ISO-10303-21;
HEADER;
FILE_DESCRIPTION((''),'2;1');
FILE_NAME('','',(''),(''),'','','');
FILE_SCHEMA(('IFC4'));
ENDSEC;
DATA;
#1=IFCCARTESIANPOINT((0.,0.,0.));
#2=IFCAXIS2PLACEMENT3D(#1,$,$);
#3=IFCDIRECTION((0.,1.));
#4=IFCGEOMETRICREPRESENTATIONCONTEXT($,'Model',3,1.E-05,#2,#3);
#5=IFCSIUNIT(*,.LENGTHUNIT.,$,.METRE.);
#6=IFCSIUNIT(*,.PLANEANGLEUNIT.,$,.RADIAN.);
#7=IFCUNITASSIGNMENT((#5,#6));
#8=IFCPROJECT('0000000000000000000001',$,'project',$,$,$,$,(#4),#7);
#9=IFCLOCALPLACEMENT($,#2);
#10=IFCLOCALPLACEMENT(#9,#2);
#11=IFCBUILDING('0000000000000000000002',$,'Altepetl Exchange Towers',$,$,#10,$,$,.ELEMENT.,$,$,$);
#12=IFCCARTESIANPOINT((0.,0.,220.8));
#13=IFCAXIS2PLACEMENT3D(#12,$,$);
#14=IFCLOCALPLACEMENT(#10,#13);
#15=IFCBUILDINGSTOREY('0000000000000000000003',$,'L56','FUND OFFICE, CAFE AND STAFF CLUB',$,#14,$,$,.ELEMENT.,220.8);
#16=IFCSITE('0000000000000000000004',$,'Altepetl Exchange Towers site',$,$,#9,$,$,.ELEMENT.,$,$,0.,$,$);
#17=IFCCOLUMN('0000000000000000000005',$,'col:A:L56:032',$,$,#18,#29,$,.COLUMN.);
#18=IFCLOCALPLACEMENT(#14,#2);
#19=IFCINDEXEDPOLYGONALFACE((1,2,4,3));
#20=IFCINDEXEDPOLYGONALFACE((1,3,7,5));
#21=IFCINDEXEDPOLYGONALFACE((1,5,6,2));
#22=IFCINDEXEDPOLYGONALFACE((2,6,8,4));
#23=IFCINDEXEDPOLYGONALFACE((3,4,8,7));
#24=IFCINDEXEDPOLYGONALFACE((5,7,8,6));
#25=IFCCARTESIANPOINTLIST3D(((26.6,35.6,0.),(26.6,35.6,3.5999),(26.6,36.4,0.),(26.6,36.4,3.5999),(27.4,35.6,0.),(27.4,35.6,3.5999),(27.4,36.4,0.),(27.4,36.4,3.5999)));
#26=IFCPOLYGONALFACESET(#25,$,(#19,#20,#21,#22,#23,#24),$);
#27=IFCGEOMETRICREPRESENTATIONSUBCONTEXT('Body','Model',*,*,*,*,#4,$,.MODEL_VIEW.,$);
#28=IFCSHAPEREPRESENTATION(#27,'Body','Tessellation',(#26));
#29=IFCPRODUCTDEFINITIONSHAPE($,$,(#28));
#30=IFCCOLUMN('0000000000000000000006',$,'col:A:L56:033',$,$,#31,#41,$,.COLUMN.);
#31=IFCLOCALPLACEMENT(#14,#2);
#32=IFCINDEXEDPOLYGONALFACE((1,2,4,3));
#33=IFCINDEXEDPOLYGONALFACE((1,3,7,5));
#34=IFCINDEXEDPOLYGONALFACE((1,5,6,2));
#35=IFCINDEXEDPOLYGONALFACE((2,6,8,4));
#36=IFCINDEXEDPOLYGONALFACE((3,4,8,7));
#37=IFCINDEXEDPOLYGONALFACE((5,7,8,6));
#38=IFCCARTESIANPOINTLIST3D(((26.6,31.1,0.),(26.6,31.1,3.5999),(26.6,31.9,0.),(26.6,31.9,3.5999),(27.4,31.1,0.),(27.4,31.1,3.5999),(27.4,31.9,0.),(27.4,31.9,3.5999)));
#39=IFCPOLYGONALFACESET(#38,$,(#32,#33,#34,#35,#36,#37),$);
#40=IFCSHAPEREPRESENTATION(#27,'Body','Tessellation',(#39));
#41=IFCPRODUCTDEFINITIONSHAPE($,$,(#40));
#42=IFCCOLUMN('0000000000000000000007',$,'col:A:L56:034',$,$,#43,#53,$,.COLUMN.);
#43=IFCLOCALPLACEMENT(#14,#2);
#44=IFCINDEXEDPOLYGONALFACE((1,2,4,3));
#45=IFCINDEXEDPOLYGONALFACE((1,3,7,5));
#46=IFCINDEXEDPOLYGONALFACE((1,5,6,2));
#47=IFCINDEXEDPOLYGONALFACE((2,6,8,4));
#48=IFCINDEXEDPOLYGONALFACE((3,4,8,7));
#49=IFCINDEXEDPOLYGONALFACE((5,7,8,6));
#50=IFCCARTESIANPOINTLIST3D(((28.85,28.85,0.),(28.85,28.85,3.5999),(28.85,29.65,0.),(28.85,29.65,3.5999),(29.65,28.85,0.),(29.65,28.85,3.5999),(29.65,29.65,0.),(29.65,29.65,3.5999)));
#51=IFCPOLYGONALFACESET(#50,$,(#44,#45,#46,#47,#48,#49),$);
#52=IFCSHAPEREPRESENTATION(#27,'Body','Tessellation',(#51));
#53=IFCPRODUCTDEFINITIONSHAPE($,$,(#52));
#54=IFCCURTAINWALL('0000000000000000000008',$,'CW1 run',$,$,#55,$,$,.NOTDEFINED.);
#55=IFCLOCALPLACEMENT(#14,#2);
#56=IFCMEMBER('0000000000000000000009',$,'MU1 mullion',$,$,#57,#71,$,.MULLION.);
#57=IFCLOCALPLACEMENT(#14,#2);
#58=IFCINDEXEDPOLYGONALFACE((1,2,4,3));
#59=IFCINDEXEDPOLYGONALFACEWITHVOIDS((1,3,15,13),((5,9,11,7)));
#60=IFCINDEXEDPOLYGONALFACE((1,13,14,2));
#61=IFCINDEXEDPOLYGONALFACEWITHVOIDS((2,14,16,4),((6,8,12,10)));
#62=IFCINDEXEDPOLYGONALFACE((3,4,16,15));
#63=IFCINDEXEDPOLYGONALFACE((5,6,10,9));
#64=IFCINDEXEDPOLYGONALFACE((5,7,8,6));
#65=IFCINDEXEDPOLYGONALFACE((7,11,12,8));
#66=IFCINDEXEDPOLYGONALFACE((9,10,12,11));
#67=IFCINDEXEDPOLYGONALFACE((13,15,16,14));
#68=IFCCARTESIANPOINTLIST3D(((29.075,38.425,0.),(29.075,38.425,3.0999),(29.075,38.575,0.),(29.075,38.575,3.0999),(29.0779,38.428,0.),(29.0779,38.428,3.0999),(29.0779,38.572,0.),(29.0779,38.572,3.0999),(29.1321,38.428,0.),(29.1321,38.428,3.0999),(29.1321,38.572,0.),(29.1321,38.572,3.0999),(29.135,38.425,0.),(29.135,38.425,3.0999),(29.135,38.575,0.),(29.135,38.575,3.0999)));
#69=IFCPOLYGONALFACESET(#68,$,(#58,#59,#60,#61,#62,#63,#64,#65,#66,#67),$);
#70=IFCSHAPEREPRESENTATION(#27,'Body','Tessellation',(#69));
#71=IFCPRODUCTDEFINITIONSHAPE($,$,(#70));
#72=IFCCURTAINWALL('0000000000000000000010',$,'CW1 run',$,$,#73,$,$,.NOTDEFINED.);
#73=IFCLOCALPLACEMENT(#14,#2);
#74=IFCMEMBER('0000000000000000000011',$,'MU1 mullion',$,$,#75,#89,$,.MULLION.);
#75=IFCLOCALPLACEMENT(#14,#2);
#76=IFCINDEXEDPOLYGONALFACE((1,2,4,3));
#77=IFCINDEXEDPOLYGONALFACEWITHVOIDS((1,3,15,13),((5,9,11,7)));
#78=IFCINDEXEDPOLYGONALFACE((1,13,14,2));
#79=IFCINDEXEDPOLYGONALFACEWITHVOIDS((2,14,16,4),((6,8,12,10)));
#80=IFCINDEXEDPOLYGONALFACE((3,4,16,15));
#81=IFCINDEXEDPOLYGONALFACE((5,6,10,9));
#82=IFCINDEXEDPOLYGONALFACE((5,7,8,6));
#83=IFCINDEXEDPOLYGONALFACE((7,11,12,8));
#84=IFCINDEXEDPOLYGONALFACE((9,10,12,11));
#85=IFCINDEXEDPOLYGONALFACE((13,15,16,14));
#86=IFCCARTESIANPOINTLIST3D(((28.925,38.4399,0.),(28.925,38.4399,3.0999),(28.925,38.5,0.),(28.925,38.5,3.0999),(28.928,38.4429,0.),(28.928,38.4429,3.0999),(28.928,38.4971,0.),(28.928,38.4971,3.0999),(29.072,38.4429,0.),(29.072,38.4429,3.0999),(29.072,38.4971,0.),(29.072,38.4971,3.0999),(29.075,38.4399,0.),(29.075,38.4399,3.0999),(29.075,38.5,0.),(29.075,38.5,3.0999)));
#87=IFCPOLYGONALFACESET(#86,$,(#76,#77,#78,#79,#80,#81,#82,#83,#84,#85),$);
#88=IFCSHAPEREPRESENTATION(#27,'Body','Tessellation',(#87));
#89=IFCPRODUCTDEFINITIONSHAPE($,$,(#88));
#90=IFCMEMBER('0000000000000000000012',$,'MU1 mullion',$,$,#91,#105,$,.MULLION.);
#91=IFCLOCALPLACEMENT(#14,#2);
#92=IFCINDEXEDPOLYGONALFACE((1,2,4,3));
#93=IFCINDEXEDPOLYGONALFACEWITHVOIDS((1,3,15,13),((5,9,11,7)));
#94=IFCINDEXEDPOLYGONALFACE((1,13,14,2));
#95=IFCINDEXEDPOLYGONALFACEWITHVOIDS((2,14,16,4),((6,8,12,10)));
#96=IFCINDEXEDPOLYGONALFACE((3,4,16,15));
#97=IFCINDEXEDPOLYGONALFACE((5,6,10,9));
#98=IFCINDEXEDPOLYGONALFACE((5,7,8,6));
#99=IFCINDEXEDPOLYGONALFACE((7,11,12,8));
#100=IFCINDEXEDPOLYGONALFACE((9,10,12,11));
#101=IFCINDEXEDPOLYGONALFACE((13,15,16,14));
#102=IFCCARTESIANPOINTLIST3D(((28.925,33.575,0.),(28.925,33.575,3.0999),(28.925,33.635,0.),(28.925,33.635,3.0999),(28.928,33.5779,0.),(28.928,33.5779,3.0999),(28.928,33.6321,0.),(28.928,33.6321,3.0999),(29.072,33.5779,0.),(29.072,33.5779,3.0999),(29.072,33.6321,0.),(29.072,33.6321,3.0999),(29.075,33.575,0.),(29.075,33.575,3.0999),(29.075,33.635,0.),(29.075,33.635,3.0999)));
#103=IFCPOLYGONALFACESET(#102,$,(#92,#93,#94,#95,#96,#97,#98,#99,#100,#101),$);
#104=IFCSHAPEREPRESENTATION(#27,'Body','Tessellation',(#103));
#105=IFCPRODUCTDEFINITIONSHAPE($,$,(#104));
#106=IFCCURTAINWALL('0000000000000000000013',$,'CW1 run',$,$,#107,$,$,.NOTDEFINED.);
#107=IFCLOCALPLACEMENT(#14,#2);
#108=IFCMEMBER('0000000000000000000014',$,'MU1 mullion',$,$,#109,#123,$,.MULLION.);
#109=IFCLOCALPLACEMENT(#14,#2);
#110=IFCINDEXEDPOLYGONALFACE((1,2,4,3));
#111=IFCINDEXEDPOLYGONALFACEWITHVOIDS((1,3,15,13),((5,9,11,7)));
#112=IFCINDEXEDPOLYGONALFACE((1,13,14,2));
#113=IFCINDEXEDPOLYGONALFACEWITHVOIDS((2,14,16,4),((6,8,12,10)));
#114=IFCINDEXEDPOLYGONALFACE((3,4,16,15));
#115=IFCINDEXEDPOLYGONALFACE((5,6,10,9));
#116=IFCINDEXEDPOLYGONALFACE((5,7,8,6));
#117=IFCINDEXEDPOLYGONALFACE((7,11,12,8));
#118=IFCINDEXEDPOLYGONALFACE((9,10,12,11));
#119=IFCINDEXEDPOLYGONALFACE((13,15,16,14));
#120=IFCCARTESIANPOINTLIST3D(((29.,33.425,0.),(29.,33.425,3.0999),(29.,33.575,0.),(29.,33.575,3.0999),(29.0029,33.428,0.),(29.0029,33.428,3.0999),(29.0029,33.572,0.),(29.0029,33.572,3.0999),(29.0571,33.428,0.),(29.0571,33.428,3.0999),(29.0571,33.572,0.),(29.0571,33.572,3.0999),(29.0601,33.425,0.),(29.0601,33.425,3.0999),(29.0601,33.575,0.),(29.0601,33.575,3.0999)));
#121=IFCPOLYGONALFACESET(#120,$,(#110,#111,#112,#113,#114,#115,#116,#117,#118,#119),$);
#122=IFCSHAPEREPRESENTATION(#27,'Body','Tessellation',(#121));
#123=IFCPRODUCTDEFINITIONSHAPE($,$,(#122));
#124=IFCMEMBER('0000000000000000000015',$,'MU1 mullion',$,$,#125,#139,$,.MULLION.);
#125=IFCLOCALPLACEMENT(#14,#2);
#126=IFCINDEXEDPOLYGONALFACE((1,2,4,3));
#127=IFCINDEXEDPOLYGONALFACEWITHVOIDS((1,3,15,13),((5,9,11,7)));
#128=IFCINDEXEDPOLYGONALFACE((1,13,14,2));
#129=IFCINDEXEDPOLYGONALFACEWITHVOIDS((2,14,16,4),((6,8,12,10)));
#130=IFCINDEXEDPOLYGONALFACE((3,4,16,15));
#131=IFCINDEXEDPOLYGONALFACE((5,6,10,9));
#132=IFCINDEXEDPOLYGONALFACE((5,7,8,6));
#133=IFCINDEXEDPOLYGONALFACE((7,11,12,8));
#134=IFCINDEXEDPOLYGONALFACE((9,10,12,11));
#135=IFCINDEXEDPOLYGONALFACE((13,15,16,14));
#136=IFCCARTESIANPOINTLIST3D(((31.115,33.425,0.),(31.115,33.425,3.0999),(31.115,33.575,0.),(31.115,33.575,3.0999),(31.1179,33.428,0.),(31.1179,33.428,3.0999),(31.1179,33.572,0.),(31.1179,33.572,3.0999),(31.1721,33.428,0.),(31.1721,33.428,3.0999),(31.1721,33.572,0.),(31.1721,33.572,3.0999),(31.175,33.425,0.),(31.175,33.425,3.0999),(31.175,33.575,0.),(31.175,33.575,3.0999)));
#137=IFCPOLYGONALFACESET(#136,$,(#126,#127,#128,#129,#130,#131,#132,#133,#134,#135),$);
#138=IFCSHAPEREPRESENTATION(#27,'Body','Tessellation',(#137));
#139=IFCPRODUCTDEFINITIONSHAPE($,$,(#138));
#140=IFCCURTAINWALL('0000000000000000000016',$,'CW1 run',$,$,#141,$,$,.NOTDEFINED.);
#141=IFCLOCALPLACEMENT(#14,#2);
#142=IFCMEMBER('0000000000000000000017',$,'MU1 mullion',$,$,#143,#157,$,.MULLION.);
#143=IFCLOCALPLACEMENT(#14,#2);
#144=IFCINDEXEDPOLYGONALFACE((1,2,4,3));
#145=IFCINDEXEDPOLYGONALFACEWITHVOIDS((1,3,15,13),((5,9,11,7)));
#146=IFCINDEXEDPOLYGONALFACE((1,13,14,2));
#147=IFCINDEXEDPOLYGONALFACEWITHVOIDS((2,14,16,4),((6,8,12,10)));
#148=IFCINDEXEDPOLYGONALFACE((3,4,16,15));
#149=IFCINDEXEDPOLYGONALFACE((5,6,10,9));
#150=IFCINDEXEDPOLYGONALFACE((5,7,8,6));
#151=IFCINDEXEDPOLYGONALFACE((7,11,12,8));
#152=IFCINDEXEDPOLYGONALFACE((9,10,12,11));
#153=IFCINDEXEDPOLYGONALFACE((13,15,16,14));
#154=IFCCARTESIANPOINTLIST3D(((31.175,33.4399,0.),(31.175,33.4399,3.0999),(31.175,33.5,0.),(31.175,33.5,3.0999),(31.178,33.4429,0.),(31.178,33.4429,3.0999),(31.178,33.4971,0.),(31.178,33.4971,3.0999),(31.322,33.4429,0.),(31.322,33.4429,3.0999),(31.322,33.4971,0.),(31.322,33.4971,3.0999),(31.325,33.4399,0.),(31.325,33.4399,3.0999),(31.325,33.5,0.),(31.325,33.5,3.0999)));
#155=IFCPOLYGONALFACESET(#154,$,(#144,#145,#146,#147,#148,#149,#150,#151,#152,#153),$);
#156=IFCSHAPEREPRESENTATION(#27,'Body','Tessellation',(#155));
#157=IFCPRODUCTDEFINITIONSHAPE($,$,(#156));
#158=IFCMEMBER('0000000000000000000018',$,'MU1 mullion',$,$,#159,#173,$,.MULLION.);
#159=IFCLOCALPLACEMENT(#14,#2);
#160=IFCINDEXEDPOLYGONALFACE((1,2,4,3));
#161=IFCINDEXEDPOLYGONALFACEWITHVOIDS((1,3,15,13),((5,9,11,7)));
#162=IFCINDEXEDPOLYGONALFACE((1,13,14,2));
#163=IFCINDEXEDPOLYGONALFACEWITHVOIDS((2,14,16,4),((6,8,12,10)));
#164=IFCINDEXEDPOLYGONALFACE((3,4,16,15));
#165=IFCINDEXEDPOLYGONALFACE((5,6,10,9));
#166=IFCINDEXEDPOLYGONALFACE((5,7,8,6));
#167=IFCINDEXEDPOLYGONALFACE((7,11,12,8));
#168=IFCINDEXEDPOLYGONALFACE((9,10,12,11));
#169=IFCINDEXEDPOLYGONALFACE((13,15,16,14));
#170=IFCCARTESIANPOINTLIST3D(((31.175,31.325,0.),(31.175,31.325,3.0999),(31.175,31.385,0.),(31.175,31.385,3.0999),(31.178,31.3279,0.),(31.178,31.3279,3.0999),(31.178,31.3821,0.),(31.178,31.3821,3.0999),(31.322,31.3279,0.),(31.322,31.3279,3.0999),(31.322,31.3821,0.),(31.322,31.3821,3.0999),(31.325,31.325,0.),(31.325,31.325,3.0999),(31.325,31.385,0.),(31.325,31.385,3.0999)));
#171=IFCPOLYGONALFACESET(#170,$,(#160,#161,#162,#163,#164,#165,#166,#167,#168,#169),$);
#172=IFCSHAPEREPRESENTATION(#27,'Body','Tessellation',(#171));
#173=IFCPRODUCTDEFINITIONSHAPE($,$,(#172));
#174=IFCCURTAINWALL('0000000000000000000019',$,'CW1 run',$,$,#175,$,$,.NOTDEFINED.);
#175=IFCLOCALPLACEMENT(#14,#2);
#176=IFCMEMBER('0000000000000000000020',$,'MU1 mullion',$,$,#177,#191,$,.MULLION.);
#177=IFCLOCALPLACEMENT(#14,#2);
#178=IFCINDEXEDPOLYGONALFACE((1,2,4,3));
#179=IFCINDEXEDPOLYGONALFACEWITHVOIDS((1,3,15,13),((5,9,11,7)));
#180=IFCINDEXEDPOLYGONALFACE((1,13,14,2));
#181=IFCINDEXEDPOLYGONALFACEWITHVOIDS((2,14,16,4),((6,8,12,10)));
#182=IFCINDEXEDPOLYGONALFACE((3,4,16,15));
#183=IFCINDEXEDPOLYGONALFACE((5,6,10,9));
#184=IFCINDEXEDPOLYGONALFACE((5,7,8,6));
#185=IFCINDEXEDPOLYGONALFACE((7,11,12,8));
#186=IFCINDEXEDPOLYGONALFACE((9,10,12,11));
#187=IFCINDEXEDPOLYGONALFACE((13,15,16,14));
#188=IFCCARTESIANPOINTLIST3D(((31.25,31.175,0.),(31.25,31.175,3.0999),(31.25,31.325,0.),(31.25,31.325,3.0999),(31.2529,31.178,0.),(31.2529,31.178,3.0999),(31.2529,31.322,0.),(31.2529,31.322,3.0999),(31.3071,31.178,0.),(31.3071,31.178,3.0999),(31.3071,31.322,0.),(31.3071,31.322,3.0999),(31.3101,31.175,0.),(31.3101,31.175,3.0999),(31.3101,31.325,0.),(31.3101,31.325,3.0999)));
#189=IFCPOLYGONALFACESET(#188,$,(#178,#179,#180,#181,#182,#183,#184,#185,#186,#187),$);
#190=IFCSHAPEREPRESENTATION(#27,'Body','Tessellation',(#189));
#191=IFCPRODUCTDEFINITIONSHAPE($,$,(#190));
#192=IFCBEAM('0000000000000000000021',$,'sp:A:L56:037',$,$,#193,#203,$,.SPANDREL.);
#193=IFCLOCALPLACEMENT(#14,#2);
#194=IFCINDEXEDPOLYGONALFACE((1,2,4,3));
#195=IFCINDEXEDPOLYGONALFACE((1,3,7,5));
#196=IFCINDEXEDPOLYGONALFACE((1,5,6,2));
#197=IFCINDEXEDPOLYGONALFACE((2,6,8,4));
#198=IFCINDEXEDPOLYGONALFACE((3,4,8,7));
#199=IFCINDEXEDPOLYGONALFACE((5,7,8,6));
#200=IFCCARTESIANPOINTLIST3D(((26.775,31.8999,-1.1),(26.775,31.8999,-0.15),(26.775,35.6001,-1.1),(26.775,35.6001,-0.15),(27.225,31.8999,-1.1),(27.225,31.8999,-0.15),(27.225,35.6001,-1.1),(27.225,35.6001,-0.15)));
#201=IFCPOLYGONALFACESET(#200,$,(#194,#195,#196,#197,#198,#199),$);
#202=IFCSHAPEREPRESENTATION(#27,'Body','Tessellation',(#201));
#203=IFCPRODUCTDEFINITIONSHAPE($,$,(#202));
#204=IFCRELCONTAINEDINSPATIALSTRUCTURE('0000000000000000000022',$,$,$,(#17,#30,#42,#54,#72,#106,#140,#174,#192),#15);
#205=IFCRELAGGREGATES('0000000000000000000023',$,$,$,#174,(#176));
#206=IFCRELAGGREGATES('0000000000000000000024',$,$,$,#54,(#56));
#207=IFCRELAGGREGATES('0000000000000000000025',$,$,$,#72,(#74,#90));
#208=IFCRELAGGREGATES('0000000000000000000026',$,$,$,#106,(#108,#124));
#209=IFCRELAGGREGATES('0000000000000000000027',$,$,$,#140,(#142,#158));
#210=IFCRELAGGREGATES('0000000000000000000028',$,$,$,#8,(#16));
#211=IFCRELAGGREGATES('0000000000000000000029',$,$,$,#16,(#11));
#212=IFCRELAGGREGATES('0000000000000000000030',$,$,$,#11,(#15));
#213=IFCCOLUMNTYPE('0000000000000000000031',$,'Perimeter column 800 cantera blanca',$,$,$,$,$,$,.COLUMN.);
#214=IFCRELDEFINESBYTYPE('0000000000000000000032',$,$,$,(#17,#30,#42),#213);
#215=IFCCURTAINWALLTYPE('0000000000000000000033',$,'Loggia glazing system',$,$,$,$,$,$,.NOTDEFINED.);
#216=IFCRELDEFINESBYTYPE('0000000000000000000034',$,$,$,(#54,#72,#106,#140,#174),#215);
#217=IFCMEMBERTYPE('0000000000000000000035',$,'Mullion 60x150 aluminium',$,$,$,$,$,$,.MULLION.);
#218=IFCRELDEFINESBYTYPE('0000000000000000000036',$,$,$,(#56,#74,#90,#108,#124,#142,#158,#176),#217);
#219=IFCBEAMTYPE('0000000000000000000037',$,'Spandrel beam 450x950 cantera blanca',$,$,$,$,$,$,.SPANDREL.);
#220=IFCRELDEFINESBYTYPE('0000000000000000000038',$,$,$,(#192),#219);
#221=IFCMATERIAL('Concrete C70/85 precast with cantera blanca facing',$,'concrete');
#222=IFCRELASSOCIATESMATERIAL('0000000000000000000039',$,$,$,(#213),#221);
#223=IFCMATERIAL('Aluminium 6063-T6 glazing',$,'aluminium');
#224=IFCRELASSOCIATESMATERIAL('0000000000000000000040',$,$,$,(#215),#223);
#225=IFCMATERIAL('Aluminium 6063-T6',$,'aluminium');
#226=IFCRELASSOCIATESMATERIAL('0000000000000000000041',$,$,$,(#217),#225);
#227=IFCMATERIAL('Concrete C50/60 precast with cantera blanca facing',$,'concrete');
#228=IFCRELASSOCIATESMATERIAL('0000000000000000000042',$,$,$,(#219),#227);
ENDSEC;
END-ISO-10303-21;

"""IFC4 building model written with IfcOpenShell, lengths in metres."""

from ifc_helpers import new_model, si_unit, direction, frame, origin, origin_2d, place, context, subcontext, project, spatial, rectangle, hollow_rectangle, extrude, material, material_profile, profile_set, type_object, element, aggregate, save


model = new_model("IFC4")

# Units and contexts
model_context = context("Model", 3, precision=1e-05, world=origin(), true_north=direction((0.0, 1.0)))
body_context = subcontext(model_context, "Body", "Model", "MODEL_VIEW")
ifc_project = project(units=[si_unit("LENGTHUNIT", "METRE"), si_unit("PLANEANGLEUNIT", "RADIAN")], contexts=[model_context])

# Site, building, storey
site_placement = place(None, origin())
site = spatial("IfcSite", under=ifc_project, at=site_placement, Name="Altepetl Exchange Towers site", CompositionType="ELEMENT", RefElevation=0.0)
building_placement = place(site_placement, origin())
building = spatial("IfcBuilding", under=site, at=building_placement, Name="Altepetl Exchange Towers", CompositionType="ELEMENT")
storey_placement = place(building_placement, frame((0.0, 0.0, 220.8)))
storey = spatial("IfcBuildingStorey", under=building, at=storey_placement, Name="L56", Description="FUND OFFICE, CAFE AND STAFF CLUB", CompositionType="ELEMENT", Elevation=220.8)

# Columns
ifc_material_1 = material(Name="Concrete C70/85 precast with cantera blanca facing", Category="concrete")
ifc_material_profile_1 = material_profile(ifc_material_1, rectangle(XDim=0.8, YDim=0.8, at=origin_2d()), Name="800 x 800")
ifc_profile_set_1 = profile_set([ifc_material_profile_1], Name="Concrete C70/85 precast with cantera blanca facing")
column_type = type_object("IfcColumnType", Name="Perimeter column 800 cantera blanca", PredefinedType="COLUMN", material=ifc_profile_set_1)
for number, where, name in (
    (1, (27.0, 36.0, 0.0), "col:A:L56:032"),
    (2, (27.0, 31.5, 0.0), "col:A:L56:033"),
    (3, (29.25, 29.25, 0.0), "col:A:L56:034"),
):
    element("IfcColumn", number, at=place(storey_placement, frame(where)), inside=storey, type_object=column_type, Name=name, PredefinedType="COLUMN", context=body_context, shape_type="SweptSolid", body=[
        extrude(rectangle(XDim=0.8, YDim=0.8, at=origin_2d()), origin(), (0.0, 0.0, 1.0), 3.5999),
    ])

# Curtain wall, member
ifc_material_2 = material(Name="Aluminium 6063-T6 glazing", Category="aluminium")
curtain_wall_type = type_object("IfcCurtainWallType", Name="Loggia glazing system", PredefinedType="NOTDEFINED", material=ifc_material_2)
curtain_wall_1_placement = place(storey_placement, origin())
curtain_wall_1 = element("IfcCurtainWall", 4, at=curtain_wall_1_placement, inside=storey, type_object=curtain_wall_type, Name="CW1 run", PredefinedType="NOTDEFINED")
ifc_material_3 = material(Name="Aluminium 6063-T6", Category="aluminium")
ifc_material_profile_2 = material_profile(ifc_material_3, hollow_rectangle(XDim=0.0601, YDim=0.1499, WallThickness=0.0029, at=origin_2d()), Name="Mullion 60x150 aluminium")
ifc_profile_set_2 = profile_set([ifc_material_profile_2], Name="Aluminium 6063-T6")
member_type = type_object("IfcMemberType", Name="Mullion 60x150 aluminium", PredefinedType="MULLION", material=ifc_profile_set_2)
member_1_placement = place(storey_placement, frame((29.105, 38.5, 0.0), z_axis=(0.0, 0.0, 1.0), x_axis=(-1.0, 0.0, 0.0)))
member_1 = element("IfcMember", 5, at=member_1_placement, type_object=member_type, Name="MU1 mullion", PredefinedType="MULLION", context=body_context, shape_type="SweptSolid", body=[
    extrude(hollow_rectangle(XDim=0.0601, YDim=0.1499, WallThickness=0.0029, at=origin_2d()), origin(), (0.0, 0.0, 1.0), 3.0999),
])

# Curtain walls, members
curtain_wall_2_placement = place(storey_placement, origin())
curtain_wall_2 = element("IfcCurtainWall", 6, at=curtain_wall_2_placement, inside=storey, type_object=curtain_wall_type, Name="CW1 run", PredefinedType="NOTDEFINED")
member_2_placement = place(storey_placement, frame((29.0, 38.47, 0.0), z_axis=(0.0, 0.0, 1.0), x_axis=(0.0, -1.0, 0.0)))
member_2 = element("IfcMember", 7, at=member_2_placement, type_object=member_type, Name="MU1 mullion", PredefinedType="MULLION", context=body_context, shape_type="SweptSolid", body=[
    extrude(hollow_rectangle(XDim=0.0601, YDim=0.1499, WallThickness=0.0029, at=origin_2d()), origin(), (0.0, 0.0, 1.0), 3.0999),
])
member_3_placement = place(storey_placement, frame((29.0, 33.605, 0.0), z_axis=(0.0, 0.0, 1.0), x_axis=(0.0, -1.0, 0.0)))
member_3 = element("IfcMember", 8, at=member_3_placement, type_object=member_type, Name="MU1 mullion", PredefinedType="MULLION", context=body_context, shape_type="SweptSolid", body=[
    extrude(hollow_rectangle(XDim=0.0601, YDim=0.1499, WallThickness=0.0029, at=origin_2d()), origin(), (0.0, 0.0, 1.0), 3.0999),
])
curtain_wall_3_placement = place(storey_placement, origin())
curtain_wall_3 = element("IfcCurtainWall", 9, at=curtain_wall_3_placement, inside=storey, type_object=curtain_wall_type, Name="CW1 run", PredefinedType="NOTDEFINED")
member_4_placement = place(storey_placement, frame((29.03, 33.5, 0.0)))
member_4 = element("IfcMember", 10, at=member_4_placement, type_object=member_type, Name="MU1 mullion", PredefinedType="MULLION", context=body_context, shape_type="SweptSolid", body=[
    extrude(hollow_rectangle(XDim=0.0601, YDim=0.1499, WallThickness=0.0029, at=origin_2d()), origin(), (0.0, 0.0, 1.0), 3.0999),
])
member_5_placement = place(storey_placement, frame((31.145, 33.5, 0.0)))
member_5 = element("IfcMember", 11, at=member_5_placement, type_object=member_type, Name="MU1 mullion", PredefinedType="MULLION", context=body_context, shape_type="SweptSolid", body=[
    extrude(hollow_rectangle(XDim=0.0601, YDim=0.1499, WallThickness=0.0029, at=origin_2d()), origin(), (0.0, 0.0, 1.0), 3.0999),
])
curtain_wall_4_placement = place(storey_placement, origin())
curtain_wall_4 = element("IfcCurtainWall", 12, at=curtain_wall_4_placement, inside=storey, type_object=curtain_wall_type, Name="CW1 run", PredefinedType="NOTDEFINED")
member_6_placement = place(storey_placement, frame((31.25, 33.47, 0.0), z_axis=(0.0, 0.0, 1.0), x_axis=(0.0, -1.0, 0.0)))
member_6 = element("IfcMember", 13, at=member_6_placement, type_object=member_type, Name="MU1 mullion", PredefinedType="MULLION", context=body_context, shape_type="SweptSolid", body=[
    extrude(hollow_rectangle(XDim=0.0601, YDim=0.1499, WallThickness=0.0029, at=origin_2d()), origin(), (0.0, 0.0, 1.0), 3.0999),
])
member_7_placement = place(storey_placement, frame((31.25, 31.355, 0.0), z_axis=(0.0, 0.0, 1.0), x_axis=(0.0, -1.0, 0.0)))
member_7 = element("IfcMember", 14, at=member_7_placement, type_object=member_type, Name="MU1 mullion", PredefinedType="MULLION", context=body_context, shape_type="SweptSolid", body=[
    extrude(hollow_rectangle(XDim=0.0601, YDim=0.1499, WallThickness=0.0029, at=origin_2d()), origin(), (0.0, 0.0, 1.0), 3.0999),
])

# Curtain wall, member
curtain_wall_5_placement = place(storey_placement, origin())
curtain_wall_5 = element("IfcCurtainWall", 15, at=curtain_wall_5_placement, inside=storey, type_object=curtain_wall_type, Name="CW1 run", PredefinedType="NOTDEFINED")
member_8_placement = place(storey_placement, frame((31.28, 31.25, 0.0)))
member_8 = element("IfcMember", 16, at=member_8_placement, type_object=member_type, Name="MU1 mullion", PredefinedType="MULLION", context=body_context, shape_type="SweptSolid", body=[
    extrude(hollow_rectangle(XDim=0.0601, YDim=0.1499, WallThickness=0.0029, at=origin_2d()), origin(), (0.0, 0.0, 1.0), 3.0999),
])
aggregate(curtain_wall_5, [member_8])

# Beam
ifc_material_4 = material(Name="Concrete C50/60 precast with cantera blanca facing", Category="concrete")
ifc_material_profile_3 = material_profile(ifc_material_4, rectangle(XDim=0.45, YDim=0.95, at=origin_2d()), Name="450 x 950")
ifc_profile_set_3 = profile_set([ifc_material_profile_3], Name="Concrete C50/60 precast with cantera blanca facing")
beam_type = type_object("IfcBeamType", Name="Spandrel beam 450x950 cantera blanca", PredefinedType="SPANDREL", material=ifc_profile_set_3)
beam_1_placement = place(storey_placement, frame((27.0, 35.6001, -0.625), z_axis=(0.0, -1.0, 0.0), x_axis=(1.0, 0.0, 0.0)))
element("IfcBeam", 17, at=beam_1_placement, inside=storey, type_object=beam_type, Name="sp:A:L56:037", PredefinedType="SPANDREL", context=body_context, shape_type="SweptSolid", body=[
    extrude(rectangle(XDim=0.45, YDim=0.95, at=origin_2d()), origin(), (0.0, 0.0, 1.0), 3.7002),
])

aggregate(curtain_wall_1, [member_1])
aggregate(curtain_wall_2, [member_2, member_3])
aggregate(curtain_wall_3, [member_4, member_5])
aggregate(curtain_wall_4, [member_6, member_7])

save(model, "model.ifc")
